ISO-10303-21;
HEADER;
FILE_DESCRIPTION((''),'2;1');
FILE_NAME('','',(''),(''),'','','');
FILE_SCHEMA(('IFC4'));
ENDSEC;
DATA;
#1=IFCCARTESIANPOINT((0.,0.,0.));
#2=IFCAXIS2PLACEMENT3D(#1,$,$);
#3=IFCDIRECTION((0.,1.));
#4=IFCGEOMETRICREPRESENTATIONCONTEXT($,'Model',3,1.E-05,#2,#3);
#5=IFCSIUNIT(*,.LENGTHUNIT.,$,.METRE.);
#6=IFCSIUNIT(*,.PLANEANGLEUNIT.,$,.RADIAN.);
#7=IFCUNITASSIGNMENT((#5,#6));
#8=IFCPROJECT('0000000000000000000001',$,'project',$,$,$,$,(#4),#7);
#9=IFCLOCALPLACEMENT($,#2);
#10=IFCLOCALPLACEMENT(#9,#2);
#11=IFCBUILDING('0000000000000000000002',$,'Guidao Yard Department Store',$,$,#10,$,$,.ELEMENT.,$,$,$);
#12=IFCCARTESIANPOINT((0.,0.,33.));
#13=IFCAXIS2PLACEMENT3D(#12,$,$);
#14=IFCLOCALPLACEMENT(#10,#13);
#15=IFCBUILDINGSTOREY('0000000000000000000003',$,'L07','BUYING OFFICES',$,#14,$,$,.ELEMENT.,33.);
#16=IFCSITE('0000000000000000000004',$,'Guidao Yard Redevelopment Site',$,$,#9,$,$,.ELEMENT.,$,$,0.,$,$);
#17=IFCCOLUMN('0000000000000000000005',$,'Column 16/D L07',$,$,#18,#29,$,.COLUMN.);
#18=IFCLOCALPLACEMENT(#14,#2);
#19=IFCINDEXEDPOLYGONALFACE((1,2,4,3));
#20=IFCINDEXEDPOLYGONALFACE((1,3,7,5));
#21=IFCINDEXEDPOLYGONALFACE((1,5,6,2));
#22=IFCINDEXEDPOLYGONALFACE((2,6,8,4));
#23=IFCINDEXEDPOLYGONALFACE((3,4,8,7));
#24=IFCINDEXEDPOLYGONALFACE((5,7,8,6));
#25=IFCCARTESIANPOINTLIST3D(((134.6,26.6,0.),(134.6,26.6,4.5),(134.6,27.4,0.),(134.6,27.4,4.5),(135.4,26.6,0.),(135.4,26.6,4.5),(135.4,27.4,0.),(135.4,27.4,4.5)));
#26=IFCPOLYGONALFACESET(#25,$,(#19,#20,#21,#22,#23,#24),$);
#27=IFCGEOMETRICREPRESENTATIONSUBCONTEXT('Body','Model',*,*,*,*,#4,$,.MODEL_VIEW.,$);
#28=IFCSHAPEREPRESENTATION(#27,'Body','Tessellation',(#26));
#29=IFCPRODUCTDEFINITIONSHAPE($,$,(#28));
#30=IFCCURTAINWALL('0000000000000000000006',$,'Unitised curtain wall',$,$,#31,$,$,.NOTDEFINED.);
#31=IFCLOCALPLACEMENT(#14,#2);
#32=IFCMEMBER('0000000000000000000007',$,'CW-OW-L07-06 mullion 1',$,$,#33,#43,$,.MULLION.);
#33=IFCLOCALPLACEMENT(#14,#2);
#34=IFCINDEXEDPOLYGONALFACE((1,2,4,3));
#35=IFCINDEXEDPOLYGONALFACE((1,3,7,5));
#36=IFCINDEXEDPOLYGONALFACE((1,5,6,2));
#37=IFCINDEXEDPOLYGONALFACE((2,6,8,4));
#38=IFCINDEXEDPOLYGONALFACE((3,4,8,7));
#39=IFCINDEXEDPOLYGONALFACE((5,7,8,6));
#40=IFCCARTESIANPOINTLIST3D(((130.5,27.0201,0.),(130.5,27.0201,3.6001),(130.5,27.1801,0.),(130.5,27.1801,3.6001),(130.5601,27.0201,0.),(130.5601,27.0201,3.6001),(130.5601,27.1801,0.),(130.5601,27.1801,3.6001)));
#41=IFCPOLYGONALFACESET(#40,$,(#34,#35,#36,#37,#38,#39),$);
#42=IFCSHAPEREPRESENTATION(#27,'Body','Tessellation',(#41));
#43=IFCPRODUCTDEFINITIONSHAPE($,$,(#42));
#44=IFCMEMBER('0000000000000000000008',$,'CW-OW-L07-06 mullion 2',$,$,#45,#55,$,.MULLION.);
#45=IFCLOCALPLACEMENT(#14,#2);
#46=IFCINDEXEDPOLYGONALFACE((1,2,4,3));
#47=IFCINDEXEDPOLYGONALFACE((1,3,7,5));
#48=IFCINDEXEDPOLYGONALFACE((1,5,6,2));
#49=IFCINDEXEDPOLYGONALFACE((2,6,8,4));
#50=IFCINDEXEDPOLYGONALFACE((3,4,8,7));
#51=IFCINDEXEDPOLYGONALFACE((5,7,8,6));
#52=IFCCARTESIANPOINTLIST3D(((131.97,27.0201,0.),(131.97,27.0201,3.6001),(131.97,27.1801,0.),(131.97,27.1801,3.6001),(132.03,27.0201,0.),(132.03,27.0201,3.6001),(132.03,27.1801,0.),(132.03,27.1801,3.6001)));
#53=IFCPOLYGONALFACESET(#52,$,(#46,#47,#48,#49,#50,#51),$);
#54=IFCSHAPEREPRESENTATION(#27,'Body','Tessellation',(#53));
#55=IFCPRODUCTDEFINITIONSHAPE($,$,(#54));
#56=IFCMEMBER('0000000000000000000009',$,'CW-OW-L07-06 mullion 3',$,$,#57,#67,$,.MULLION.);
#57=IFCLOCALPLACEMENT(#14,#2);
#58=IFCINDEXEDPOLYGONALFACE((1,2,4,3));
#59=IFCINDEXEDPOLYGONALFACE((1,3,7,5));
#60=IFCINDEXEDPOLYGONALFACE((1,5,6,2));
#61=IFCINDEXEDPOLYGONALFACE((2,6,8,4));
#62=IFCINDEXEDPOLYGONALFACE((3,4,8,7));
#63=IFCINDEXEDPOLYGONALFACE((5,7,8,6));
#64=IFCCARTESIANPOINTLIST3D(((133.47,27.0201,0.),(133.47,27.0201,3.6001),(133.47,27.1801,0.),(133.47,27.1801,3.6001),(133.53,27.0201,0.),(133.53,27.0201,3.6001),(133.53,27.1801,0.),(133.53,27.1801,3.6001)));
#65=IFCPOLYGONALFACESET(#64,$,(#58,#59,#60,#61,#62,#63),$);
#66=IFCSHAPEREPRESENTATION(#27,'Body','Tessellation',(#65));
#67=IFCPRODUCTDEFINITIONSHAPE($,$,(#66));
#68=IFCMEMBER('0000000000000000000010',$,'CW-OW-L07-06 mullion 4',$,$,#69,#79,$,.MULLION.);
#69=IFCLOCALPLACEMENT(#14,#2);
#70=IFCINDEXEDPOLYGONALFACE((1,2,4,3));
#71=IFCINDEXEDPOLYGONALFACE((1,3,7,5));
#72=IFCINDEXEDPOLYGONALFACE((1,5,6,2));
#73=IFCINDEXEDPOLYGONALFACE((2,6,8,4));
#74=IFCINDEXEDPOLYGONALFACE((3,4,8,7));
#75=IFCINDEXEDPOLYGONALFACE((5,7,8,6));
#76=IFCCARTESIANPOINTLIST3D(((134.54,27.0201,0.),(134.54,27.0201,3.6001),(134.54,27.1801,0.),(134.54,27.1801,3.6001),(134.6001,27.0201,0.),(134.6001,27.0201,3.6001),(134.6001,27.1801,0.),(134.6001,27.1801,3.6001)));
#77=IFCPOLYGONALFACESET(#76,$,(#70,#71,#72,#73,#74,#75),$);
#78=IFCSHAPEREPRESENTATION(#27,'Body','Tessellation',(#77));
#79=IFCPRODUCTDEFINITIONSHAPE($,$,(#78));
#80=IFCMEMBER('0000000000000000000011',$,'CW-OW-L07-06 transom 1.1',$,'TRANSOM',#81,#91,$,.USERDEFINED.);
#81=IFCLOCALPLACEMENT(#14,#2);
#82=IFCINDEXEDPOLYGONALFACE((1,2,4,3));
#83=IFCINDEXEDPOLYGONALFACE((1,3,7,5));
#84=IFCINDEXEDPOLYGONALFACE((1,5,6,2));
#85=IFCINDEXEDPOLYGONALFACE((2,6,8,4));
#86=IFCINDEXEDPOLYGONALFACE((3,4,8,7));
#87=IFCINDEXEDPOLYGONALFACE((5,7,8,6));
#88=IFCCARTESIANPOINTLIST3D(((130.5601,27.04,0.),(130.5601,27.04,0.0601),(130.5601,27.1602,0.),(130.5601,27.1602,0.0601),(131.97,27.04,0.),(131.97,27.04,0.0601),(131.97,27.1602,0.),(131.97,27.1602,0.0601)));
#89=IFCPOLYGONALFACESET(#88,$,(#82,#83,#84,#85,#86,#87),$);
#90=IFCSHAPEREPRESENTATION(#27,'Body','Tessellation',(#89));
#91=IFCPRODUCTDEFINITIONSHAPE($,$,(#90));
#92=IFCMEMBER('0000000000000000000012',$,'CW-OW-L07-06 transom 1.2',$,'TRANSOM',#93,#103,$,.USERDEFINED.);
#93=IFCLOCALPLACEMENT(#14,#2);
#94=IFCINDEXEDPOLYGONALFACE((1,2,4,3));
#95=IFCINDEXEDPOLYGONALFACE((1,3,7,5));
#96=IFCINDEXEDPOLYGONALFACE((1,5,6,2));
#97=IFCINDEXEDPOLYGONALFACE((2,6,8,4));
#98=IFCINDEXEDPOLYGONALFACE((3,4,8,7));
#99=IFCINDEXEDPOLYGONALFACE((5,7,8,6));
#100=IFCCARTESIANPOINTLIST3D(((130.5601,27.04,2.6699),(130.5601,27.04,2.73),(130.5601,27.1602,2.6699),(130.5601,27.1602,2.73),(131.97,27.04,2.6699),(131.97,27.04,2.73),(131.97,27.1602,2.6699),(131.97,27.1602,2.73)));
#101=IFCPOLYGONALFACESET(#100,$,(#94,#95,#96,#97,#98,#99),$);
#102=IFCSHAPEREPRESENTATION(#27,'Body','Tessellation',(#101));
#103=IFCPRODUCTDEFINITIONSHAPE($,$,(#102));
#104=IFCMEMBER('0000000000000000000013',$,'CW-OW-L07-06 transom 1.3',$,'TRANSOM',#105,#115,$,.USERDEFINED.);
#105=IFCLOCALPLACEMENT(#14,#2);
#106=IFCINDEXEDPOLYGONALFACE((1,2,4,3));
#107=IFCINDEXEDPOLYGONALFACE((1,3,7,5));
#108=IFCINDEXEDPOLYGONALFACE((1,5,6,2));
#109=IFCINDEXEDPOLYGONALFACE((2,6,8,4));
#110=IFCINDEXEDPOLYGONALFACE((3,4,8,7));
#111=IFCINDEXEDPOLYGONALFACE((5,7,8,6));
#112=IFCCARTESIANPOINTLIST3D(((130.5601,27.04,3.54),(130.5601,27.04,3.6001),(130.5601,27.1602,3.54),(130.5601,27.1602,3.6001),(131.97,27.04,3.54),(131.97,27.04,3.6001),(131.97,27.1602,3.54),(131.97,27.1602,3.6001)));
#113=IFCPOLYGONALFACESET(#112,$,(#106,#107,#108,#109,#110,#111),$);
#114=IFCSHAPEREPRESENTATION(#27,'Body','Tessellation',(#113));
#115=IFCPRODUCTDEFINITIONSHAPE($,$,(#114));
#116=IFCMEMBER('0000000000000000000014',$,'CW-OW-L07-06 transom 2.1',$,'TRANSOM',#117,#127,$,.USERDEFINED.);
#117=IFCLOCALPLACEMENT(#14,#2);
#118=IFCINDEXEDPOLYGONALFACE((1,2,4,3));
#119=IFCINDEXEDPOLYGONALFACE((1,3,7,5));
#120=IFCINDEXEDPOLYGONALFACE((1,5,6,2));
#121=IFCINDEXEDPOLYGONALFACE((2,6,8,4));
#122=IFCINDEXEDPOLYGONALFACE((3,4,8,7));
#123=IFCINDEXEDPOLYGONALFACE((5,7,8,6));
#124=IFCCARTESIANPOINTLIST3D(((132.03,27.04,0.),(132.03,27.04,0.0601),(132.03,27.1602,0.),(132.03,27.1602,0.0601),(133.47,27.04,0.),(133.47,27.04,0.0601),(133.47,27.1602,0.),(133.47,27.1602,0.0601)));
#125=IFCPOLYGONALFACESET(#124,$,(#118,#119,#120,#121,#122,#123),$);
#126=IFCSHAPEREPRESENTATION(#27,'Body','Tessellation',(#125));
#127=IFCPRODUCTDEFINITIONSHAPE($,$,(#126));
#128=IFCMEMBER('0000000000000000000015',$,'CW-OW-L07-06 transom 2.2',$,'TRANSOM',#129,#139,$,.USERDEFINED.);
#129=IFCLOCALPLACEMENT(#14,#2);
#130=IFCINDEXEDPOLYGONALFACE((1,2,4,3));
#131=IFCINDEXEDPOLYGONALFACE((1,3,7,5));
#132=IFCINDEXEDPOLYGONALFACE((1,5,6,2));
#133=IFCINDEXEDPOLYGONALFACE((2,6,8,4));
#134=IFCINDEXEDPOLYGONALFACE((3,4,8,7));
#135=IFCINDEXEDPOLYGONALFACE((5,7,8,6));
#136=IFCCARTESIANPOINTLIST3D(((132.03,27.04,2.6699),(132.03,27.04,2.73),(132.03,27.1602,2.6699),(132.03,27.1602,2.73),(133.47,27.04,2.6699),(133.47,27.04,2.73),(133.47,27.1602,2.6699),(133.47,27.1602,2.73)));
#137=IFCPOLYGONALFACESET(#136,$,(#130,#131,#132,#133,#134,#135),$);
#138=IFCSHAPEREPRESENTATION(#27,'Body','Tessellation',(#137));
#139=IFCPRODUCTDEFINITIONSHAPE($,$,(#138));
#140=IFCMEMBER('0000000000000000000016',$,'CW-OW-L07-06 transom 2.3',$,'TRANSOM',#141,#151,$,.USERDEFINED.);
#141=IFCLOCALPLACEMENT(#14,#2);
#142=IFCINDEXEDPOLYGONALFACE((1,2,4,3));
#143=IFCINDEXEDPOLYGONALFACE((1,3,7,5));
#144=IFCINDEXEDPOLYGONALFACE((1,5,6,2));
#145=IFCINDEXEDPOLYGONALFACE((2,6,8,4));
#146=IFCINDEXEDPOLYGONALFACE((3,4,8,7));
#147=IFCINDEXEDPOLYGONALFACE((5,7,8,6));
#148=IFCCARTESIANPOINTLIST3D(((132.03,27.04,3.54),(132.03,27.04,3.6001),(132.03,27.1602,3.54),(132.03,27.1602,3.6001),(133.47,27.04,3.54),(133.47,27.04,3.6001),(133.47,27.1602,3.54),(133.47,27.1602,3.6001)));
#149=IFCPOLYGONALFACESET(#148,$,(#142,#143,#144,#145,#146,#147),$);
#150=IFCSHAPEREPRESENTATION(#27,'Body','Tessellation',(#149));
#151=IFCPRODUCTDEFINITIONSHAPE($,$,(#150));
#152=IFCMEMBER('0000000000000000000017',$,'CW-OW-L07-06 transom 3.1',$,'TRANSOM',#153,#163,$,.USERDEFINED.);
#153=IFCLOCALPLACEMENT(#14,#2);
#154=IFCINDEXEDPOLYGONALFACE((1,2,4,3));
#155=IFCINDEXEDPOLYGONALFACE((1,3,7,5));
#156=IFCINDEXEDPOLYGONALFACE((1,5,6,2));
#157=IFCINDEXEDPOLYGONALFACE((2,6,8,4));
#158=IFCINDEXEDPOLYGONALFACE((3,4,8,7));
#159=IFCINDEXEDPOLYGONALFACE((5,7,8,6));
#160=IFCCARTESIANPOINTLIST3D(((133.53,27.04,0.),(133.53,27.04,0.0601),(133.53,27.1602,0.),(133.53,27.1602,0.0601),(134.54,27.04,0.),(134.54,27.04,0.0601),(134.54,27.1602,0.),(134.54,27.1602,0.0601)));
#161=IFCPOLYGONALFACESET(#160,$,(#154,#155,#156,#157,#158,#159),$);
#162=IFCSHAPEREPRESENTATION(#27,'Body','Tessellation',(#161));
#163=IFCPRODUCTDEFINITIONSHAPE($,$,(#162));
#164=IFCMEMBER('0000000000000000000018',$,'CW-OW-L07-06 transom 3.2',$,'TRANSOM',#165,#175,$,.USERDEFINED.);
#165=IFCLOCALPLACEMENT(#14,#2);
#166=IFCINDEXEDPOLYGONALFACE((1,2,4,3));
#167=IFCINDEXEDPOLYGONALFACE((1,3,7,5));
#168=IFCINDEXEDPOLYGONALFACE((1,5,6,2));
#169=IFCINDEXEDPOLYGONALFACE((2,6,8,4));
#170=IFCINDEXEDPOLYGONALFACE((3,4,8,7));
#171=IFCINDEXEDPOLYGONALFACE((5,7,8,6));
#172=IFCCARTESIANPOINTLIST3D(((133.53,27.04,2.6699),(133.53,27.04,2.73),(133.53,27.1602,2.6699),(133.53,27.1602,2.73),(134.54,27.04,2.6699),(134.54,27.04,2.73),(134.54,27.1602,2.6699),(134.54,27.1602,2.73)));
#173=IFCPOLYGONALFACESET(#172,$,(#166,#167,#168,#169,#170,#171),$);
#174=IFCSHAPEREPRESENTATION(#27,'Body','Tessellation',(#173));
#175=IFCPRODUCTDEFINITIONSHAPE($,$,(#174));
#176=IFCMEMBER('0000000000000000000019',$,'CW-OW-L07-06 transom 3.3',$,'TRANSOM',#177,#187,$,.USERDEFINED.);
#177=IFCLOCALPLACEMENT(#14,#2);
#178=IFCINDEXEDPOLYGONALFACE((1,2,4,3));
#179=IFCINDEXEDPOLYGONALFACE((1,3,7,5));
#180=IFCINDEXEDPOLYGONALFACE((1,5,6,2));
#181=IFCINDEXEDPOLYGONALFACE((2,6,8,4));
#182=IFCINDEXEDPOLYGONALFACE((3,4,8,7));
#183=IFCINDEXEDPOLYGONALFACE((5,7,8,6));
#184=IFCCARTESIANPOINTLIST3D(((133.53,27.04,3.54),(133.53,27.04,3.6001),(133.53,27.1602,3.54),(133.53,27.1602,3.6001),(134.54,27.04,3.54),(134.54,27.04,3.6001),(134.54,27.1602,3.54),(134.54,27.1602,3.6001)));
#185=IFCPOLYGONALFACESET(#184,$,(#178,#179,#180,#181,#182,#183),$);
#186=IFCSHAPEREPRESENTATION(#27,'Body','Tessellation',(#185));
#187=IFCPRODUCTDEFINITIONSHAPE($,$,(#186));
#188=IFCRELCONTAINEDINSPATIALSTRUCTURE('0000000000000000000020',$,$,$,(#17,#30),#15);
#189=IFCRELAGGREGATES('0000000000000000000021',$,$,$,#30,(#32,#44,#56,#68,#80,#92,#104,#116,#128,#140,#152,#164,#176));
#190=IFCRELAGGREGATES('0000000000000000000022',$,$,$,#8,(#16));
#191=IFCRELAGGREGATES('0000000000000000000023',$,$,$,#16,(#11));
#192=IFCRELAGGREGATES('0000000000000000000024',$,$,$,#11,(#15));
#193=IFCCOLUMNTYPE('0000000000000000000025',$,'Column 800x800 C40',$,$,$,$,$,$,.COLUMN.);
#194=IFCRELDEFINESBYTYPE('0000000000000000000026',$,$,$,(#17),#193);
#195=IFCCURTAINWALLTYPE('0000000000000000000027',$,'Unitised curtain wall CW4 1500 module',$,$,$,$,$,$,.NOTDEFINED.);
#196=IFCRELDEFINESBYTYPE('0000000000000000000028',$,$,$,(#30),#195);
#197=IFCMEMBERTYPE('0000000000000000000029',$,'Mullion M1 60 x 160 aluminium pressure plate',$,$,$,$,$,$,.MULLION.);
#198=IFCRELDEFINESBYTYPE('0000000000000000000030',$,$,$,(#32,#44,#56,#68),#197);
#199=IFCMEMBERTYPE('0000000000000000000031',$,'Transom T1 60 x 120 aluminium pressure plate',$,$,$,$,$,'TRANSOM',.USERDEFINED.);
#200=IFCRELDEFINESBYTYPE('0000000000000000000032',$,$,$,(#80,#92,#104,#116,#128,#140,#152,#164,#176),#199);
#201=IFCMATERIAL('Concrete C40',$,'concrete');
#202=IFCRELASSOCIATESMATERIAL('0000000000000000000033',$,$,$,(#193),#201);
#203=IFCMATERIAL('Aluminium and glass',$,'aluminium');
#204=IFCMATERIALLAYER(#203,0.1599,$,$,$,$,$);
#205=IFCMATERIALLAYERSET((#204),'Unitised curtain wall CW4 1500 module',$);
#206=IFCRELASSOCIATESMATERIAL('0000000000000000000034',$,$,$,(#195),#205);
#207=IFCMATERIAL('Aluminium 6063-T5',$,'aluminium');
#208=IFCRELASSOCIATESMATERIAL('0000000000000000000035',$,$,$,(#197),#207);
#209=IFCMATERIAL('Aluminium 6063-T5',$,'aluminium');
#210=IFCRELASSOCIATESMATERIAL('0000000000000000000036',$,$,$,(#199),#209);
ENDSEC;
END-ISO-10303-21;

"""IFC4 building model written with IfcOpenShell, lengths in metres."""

from ifc_helpers import new_model, si_unit, direction, frame, origin, origin_2d, place, context, subcontext, project, spatial, rectangle, extrude, material, layer, layer_set, material_profile, profile_set, type_object, element, aggregate, save


model = new_model("IFC4")

# Units and contexts
model_context = context("Model", 3, precision=1e-05, world=origin(), true_north=direction((0.0, 1.0)))
body_context = subcontext(model_context, "Body", "Model", "MODEL_VIEW")
ifc_project = project(units=[si_unit("LENGTHUNIT", "METRE"), si_unit("PLANEANGLEUNIT", "RADIAN")], contexts=[model_context])

# Site, building, storey
site_placement = place(None, origin())
site = spatial("IfcSite", under=ifc_project, at=site_placement, Name="Guidao Yard Redevelopment Site", CompositionType="ELEMENT", RefElevation=0.0)
building_placement = place(site_placement, origin())
building = spatial("IfcBuilding", under=site, at=building_placement, Name="Guidao Yard Department Store", CompositionType="ELEMENT")
storey_placement = place(building_placement, frame((0.0, 0.0, 33.0)))
storey = spatial("IfcBuildingStorey", under=building, at=storey_placement, Name="L07", Description="BUYING OFFICES", CompositionType="ELEMENT", Elevation=33.0)

# Column
ifc_material_1 = material(Name="Concrete C40", Category="concrete")
ifc_material_profile_1 = material_profile(ifc_material_1, rectangle(XDim=0.8, YDim=0.8, at=origin_2d()), Name="COL 800x800")
ifc_profile_set_1 = profile_set([ifc_material_profile_1], Name="Concrete C40")
column_type = type_object("IfcColumnType", Name="Column 800x800 C40", PredefinedType="COLUMN", material=ifc_profile_set_1)
column_placement = place(storey_placement, frame((135.0, 27.0, 0.0), z_axis=(0.0, 0.0, 1.0), x_axis=(1.0, 0.0, 0.0)))
element("IfcColumn", 1, at=column_placement, inside=storey, type_object=column_type, Name="Column 16/D L07", PredefinedType="COLUMN", context=body_context, shape_type="SweptSolid", body=[
    extrude(rectangle(XDim=0.8, YDim=0.8, at=origin_2d()), origin(), (0.0, 0.0, 1.0), 4.5),
])

# Curtain wall, members
ifc_material_2 = material(Name="Aluminium and glass", Category="aluminium")
ifc_layer_1 = layer(ifc_material_2, 0.1599)
ifc_layer_set_1 = layer_set([ifc_layer_1], Name="Unitised curtain wall CW4 1500 module")
curtain_wall_type = type_object("IfcCurtainWallType", Name="Unitised curtain wall CW4 1500 module", PredefinedType="NOTDEFINED", material=ifc_layer_set_1)
curtain_wall_placement = place(storey_placement, origin())
curtain_wall = element("IfcCurtainWall", 2, at=curtain_wall_placement, inside=storey, type_object=curtain_wall_type, Name="Unitised curtain wall", PredefinedType="NOTDEFINED")
ifc_material_3 = material(Name="Aluminium 6063-T5", Category="aluminium")
ifc_material_profile_2 = material_profile(ifc_material_3, rectangle(XDim=0.0601, YDim=0.1599, at=origin_2d()), Name="Mullion M1 60 x 160 aluminium pressure plate")
ifc_profile_set_2 = profile_set([ifc_material_profile_2], Name="Aluminium 6063-T5")
member_type_1 = type_object("IfcMemberType", Name="Mullion M1 60 x 160 aluminium pressure plate", PredefinedType="MULLION", material=ifc_profile_set_2)
member_1_placement = place(storey_placement, frame((130.53, 27.1001, 0.0), z_axis=(0.0, 0.0, 1.0), x_axis=(1.0, 0.0, 0.0)))
member_1 = element("IfcMember", 3, at=member_1_placement, type_object=member_type_1, Name="CW-OW-L07-06 mullion 1", PredefinedType="MULLION", context=body_context, shape_type="SweptSolid", body=[
    extrude(rectangle(XDim=0.0601, YDim=0.1599, at=origin_2d()), origin(), (0.0, 0.0, 1.0), 3.6001),
])
member_2_placement = place(storey_placement, frame((132.0, 27.1001, 0.0), z_axis=(0.0, 0.0, 1.0), x_axis=(1.0, 0.0, 0.0)))
member_2 = element("IfcMember", 4, at=member_2_placement, type_object=member_type_1, Name="CW-OW-L07-06 mullion 2", PredefinedType="MULLION", context=body_context, shape_type="SweptSolid", body=[
    extrude(rectangle(XDim=0.0601, YDim=0.1599, at=origin_2d()), origin(), (0.0, 0.0, 1.0), 3.6001),
])
member_3_placement = place(storey_placement, frame((133.5, 27.1001, 0.0), z_axis=(0.0, 0.0, 1.0), x_axis=(1.0, 0.0, 0.0)))
member_3 = element("IfcMember", 5, at=member_3_placement, type_object=member_type_1, Name="CW-OW-L07-06 mullion 3", PredefinedType="MULLION", context=body_context, shape_type="SweptSolid", body=[
    extrude(rectangle(XDim=0.0601, YDim=0.1599, at=origin_2d()), origin(), (0.0, 0.0, 1.0), 3.6001),
])
member_4_placement = place(storey_placement, frame((134.5701, 27.1001, 0.0), z_axis=(0.0, 0.0, 1.0), x_axis=(1.0, 0.0, 0.0)))
member_4 = element("IfcMember", 6, at=member_4_placement, type_object=member_type_1, Name="CW-OW-L07-06 mullion 4", PredefinedType="MULLION", context=body_context, shape_type="SweptSolid", body=[
    extrude(rectangle(XDim=0.0601, YDim=0.1599, at=origin_2d()), origin(), (0.0, 0.0, 1.0), 3.6001),
])
ifc_material_4 = material(Name="Aluminium 6063-T5", Category="aluminium")
ifc_material_profile_3 = material_profile(ifc_material_4, rectangle(XDim=0.1201, YDim=0.0601, at=origin_2d()), Name="Transom T1 60 x 120 aluminium pressure plate")
ifc_profile_set_3 = profile_set([ifc_material_profile_3], Name="Aluminium 6063-T5")
member_type_2 = type_object("IfcMemberType", Name="Transom T1 60 x 120 aluminium pressure plate", ElementType="TRANSOM", PredefinedType="USERDEFINED", material=ifc_profile_set_3)
member_5_placement = place(storey_placement, frame((130.5601, 27.1001, 0.03), z_axis=(1.0, 0.0, 0.0), x_axis=(0.0, 1.0, 0.0)))
member_5 = element("IfcMember", 7, at=member_5_placement, type_object=member_type_2, Name="CW-OW-L07-06 transom 1.1", ObjectType="TRANSOM", PredefinedType="USERDEFINED", context=body_context, shape_type="SweptSolid", body=[
    extrude(rectangle(XDim=0.1201, YDim=0.0601, at=origin_2d()), origin(), (0.0, 0.0, 1.0), 1.4099),
])
member_6_placement = place(storey_placement, frame((130.5601, 27.1001, 2.7), z_axis=(1.0, 0.0, 0.0), x_axis=(0.0, 1.0, 0.0)))
member_6 = element("IfcMember", 8, at=member_6_placement, type_object=member_type_2, Name="CW-OW-L07-06 transom 1.2", ObjectType="TRANSOM", PredefinedType="USERDEFINED", context=body_context, shape_type="SweptSolid", body=[
    extrude(rectangle(XDim=0.1201, YDim=0.0601, at=origin_2d()), origin(), (0.0, 0.0, 1.0), 1.4099),
])
member_7_placement = place(storey_placement, frame((130.5601, 27.1001, 3.5701), z_axis=(1.0, 0.0, 0.0), x_axis=(0.0, 1.0, 0.0)))
member_7 = element("IfcMember", 9, at=member_7_placement, type_object=member_type_2, Name="CW-OW-L07-06 transom 1.3", ObjectType="TRANSOM", PredefinedType="USERDEFINED", context=body_context, shape_type="SweptSolid", body=[
    extrude(rectangle(XDim=0.1201, YDim=0.0601, at=origin_2d()), origin(), (0.0, 0.0, 1.0), 1.4099),
])
member_8_placement = place(storey_placement, frame((132.03, 27.1001, 0.03), z_axis=(1.0, 0.0, 0.0), x_axis=(0.0, 1.0, 0.0)))
member_8 = element("IfcMember", 10, at=member_8_placement, type_object=member_type_2, Name="CW-OW-L07-06 transom 2.1", ObjectType="TRANSOM", PredefinedType="USERDEFINED", context=body_context, shape_type="SweptSolid", body=[
    extrude(rectangle(XDim=0.1201, YDim=0.0601, at=origin_2d()), origin(), (0.0, 0.0, 1.0), 1.4399),
])
member_9_placement = place(storey_placement, frame((132.03, 27.1001, 2.7), z_axis=(1.0, 0.0, 0.0), x_axis=(0.0, 1.0, 0.0)))
member_9 = element("IfcMember", 11, at=member_9_placement, type_object=member_type_2, Name="CW-OW-L07-06 transom 2.2", ObjectType="TRANSOM", PredefinedType="USERDEFINED", context=body_context, shape_type="SweptSolid", body=[
    extrude(rectangle(XDim=0.1201, YDim=0.0601, at=origin_2d()), origin(), (0.0, 0.0, 1.0), 1.4399),
])
member_10_placement = place(storey_placement, frame((132.03, 27.1001, 3.5701), z_axis=(1.0, 0.0, 0.0), x_axis=(0.0, 1.0, 0.0)))
member_10 = element("IfcMember", 12, at=member_10_placement, type_object=member_type_2, Name="CW-OW-L07-06 transom 2.3", ObjectType="TRANSOM", PredefinedType="USERDEFINED", context=body_context, shape_type="SweptSolid", body=[
    extrude(rectangle(XDim=0.1201, YDim=0.0601, at=origin_2d()), origin(), (0.0, 0.0, 1.0), 1.4399),
])
member_11_placement = place(storey_placement, frame((133.53, 27.1001, 0.03), z_axis=(1.0, 0.0, 0.0), x_axis=(0.0, 1.0, 0.0)))
member_11 = element("IfcMember", 13, at=member_11_placement, type_object=member_type_2, Name="CW-OW-L07-06 transom 3.1", ObjectType="TRANSOM", PredefinedType="USERDEFINED", context=body_context, shape_type="SweptSolid", body=[
    extrude(rectangle(XDim=0.1201, YDim=0.0601, at=origin_2d()), origin(), (0.0, 0.0, 1.0), 1.01),
])
member_12_placement = place(storey_placement, frame((133.53, 27.1001, 2.7), z_axis=(1.0, 0.0, 0.0), x_axis=(0.0, 1.0, 0.0)))
member_12 = element("IfcMember", 14, at=member_12_placement, type_object=member_type_2, Name="CW-OW-L07-06 transom 3.2", ObjectType="TRANSOM", PredefinedType="USERDEFINED", context=body_context, shape_type="SweptSolid", body=[
    extrude(rectangle(XDim=0.1201, YDim=0.0601, at=origin_2d()), origin(), (0.0, 0.0, 1.0), 1.01),
])
member_13_placement = place(storey_placement, frame((133.53, 27.1001, 3.5701), z_axis=(1.0, 0.0, 0.0), x_axis=(0.0, 1.0, 0.0)))
member_13 = element("IfcMember", 15, at=member_13_placement, type_object=member_type_2, Name="CW-OW-L07-06 transom 3.3", ObjectType="TRANSOM", PredefinedType="USERDEFINED", context=body_context, shape_type="SweptSolid", body=[
    extrude(rectangle(XDim=0.1201, YDim=0.0601, at=origin_2d()), origin(), (0.0, 0.0, 1.0), 1.01),
])
aggregate(curtain_wall, [member_1, member_2, member_3, member_4, member_5, member_6, member_7, member_8, member_9, member_10, member_11, member_12, member_13])

save(model, "model.ifc")
